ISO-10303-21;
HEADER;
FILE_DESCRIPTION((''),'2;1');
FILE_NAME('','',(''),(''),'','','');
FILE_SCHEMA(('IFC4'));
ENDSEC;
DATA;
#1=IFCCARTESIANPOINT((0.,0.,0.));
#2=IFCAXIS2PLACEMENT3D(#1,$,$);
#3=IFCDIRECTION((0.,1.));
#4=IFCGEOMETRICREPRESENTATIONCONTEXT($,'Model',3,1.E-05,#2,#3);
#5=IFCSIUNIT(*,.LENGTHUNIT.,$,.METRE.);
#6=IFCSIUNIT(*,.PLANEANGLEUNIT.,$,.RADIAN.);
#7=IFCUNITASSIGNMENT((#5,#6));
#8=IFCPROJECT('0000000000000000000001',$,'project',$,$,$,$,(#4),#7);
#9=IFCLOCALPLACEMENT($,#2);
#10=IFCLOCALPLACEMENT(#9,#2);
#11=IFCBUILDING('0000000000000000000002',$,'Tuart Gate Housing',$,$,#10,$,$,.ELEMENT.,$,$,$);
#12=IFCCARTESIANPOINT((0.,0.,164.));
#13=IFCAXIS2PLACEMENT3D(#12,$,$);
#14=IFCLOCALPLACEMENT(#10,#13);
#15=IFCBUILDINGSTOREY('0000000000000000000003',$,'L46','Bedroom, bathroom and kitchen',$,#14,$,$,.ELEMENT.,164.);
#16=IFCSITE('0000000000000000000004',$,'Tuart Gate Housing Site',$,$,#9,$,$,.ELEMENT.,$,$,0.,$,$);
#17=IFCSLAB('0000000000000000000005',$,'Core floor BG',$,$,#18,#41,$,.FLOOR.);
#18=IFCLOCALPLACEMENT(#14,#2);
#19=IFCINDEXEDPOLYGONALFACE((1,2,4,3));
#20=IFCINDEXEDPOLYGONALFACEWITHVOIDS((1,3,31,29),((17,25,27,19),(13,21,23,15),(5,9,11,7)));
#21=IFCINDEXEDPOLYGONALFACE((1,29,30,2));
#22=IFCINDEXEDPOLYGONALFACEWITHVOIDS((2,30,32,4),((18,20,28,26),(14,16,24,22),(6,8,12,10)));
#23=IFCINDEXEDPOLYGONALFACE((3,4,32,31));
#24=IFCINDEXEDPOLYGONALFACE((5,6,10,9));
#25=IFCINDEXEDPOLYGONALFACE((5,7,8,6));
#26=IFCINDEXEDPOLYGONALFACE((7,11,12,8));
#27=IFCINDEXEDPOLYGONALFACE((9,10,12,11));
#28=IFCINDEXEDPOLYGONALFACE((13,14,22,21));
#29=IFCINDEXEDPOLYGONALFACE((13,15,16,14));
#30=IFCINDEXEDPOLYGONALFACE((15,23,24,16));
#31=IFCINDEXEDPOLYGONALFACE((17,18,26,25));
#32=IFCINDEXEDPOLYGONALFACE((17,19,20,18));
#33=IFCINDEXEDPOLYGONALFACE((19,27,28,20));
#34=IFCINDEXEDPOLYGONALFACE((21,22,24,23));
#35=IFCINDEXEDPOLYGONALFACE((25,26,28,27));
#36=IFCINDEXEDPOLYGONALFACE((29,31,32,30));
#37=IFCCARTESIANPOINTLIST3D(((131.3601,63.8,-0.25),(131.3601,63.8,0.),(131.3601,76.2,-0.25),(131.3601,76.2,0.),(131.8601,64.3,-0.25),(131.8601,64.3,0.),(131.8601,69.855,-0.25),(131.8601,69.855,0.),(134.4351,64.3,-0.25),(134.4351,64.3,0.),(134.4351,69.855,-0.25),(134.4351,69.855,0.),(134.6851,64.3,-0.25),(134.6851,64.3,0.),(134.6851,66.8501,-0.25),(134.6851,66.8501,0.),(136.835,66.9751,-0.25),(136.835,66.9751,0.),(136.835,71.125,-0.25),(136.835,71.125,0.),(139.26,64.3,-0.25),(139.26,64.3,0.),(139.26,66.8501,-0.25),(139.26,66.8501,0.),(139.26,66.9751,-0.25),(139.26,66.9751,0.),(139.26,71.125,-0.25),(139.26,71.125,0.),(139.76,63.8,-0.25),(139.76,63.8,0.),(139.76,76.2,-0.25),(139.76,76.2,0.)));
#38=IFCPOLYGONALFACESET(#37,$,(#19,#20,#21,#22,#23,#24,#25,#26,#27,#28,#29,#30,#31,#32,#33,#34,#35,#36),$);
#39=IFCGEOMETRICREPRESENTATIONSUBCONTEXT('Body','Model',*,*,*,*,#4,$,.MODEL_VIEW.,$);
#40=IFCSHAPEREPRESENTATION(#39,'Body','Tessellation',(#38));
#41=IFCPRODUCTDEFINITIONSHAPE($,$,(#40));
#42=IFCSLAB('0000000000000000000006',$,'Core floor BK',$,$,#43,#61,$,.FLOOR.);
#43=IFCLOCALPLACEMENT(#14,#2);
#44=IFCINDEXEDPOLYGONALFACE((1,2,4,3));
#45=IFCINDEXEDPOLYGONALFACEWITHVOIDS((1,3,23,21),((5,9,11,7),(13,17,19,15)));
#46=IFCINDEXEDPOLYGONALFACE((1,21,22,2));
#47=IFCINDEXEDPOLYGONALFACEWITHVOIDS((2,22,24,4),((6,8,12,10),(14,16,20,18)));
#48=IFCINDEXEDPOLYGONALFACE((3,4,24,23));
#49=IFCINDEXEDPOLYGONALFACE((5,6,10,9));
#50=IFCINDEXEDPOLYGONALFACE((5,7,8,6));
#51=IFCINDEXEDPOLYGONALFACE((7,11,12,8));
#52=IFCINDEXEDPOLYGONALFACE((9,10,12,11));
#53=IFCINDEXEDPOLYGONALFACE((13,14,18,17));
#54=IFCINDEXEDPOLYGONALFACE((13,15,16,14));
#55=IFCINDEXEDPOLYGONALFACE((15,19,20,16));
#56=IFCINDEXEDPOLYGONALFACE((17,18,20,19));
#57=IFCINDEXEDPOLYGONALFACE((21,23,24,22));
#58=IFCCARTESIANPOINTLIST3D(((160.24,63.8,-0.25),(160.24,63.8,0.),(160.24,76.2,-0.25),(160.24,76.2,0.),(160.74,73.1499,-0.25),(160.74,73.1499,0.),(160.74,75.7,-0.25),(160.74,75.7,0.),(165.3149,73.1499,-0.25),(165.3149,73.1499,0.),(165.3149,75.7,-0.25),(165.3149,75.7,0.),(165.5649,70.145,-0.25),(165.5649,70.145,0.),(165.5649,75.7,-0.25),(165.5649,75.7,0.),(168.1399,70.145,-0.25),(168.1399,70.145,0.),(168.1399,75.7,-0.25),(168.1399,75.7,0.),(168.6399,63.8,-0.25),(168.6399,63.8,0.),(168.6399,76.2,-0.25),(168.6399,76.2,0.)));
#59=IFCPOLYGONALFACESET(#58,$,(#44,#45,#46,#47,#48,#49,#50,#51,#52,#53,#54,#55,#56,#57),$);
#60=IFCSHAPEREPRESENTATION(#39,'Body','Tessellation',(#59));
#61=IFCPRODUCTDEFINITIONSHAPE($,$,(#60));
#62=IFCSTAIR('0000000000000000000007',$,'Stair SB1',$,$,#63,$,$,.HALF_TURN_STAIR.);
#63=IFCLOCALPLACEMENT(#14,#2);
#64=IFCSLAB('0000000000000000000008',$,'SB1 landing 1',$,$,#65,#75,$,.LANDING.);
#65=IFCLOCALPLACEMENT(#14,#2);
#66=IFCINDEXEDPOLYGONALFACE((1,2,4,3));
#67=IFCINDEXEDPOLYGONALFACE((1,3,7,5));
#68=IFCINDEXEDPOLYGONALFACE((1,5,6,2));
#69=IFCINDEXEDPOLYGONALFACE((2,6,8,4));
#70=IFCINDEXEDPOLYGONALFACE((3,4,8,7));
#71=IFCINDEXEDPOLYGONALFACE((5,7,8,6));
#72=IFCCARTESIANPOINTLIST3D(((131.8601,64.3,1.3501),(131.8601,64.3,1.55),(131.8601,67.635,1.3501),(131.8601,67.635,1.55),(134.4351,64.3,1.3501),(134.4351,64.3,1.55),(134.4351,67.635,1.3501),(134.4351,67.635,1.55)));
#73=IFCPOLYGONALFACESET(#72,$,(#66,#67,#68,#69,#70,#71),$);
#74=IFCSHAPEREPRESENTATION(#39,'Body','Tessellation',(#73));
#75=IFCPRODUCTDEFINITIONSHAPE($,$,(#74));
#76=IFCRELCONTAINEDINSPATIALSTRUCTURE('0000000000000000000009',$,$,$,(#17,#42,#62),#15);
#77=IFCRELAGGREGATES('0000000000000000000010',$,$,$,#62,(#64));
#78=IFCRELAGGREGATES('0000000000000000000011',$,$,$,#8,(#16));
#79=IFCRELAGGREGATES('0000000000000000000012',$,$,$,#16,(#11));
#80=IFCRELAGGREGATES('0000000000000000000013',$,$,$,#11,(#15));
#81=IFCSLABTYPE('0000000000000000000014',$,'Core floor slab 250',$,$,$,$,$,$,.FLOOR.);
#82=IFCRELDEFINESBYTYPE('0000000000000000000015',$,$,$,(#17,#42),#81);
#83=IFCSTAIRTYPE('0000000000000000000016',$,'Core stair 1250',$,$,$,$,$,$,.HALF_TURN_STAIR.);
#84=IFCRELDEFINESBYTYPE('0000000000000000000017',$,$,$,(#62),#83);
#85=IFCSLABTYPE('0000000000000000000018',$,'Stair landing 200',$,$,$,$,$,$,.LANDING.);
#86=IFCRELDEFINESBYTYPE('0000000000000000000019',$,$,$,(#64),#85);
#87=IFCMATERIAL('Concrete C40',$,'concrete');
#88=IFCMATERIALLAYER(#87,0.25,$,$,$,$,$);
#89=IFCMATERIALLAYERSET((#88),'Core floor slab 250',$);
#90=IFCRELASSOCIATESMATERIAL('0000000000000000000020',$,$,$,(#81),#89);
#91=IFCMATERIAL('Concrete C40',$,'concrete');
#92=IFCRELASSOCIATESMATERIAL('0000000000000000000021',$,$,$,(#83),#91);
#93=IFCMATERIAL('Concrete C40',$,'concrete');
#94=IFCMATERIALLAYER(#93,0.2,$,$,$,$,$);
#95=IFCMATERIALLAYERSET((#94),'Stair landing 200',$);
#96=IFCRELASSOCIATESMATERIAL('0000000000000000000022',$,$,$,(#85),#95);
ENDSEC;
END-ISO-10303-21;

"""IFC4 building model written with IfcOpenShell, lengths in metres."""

from ifc_helpers import new_model, si_unit, direction, frame, origin, place, context, subcontext, project, spatial, polyline, outline, extrude, material, layer, layer_set, type_object, element, aggregate, save


model = new_model("IFC4")

# Units and contexts
model_context = context("Model", 3, precision=1e-05, world=origin(), true_north=direction((0.0, 1.0)))
body_context = subcontext(model_context, "Body", "Model", "MODEL_VIEW")
ifc_project = project(units=[si_unit("LENGTHUNIT", "METRE"), si_unit("PLANEANGLEUNIT", "RADIAN")], contexts=[model_context])

# Site, building, storey
site_placement = place(None, origin())
site = spatial("IfcSite", under=ifc_project, at=site_placement, Name="Tuart Gate Housing Site", CompositionType="ELEMENT", RefElevation=0.0)
building_placement = place(site_placement, origin())
building = spatial("IfcBuilding", under=site, at=building_placement, Name="Tuart Gate Housing", CompositionType="ELEMENT")
storey_placement = place(building_placement, frame((0.0, 0.0, 164.0)))
storey = spatial("IfcBuildingStorey", under=building, at=storey_placement, Name="L46", Description="Bedroom, bathroom and kitchen", CompositionType="ELEMENT", Elevation=164.0)

# Slabs
ifc_material_1 = material(Name="Concrete C40", Category="concrete")
ifc_layer_1 = layer(ifc_material_1, 0.25)
ifc_layer_set_1 = layer_set([ifc_layer_1], Name="Core floor slab 250")
slab_type_1 = type_object("IfcSlabType", Name="Core floor slab 250", PredefinedType="FLOOR", material=ifc_layer_set_1)
slab_1_placement = place(storey_placement, frame((0.0, 0.0, -0.25)))
element("IfcSlab", 1, at=slab_1_placement, inside=storey, type_object=slab_type_1, Name="Core floor BG", PredefinedType="FLOOR", context=body_context, shape_type="SweptSolid", body=[
    extrude(outline(polyline([(131.3601, 63.8), (139.76, 63.8), (139.76, 76.2), (131.3601, 76.2), (131.3601, 63.8)]), holes=[polyline([(139.26, 66.8501), (134.6851, 66.8501), (134.6851, 64.3), (139.26, 64.3), (139.26, 66.8501)]), polyline([(139.26, 71.125), (136.835, 71.125), (136.835, 66.9751), (139.26, 66.9751), (139.26, 71.125)]), polyline([(134.4351, 69.855), (131.8601, 69.855), (131.8601, 64.3), (134.4351, 64.3), (134.4351, 69.855)])]), origin(), (0.0, 0.0, 1.0), 0.25),
])
slab_2_placement = place(storey_placement, frame((0.0, 0.0, -0.25)))
element("IfcSlab", 2, at=slab_2_placement, inside=storey, type_object=slab_type_1, Name="Core floor BK", PredefinedType="FLOOR", context=body_context, shape_type="SweptSolid", body=[
    extrude(outline(polyline([(160.24, 63.8), (168.6399, 63.8), (168.6399, 76.2), (160.24, 76.2), (160.24, 63.8)]), holes=[polyline([(160.74, 73.1499), (165.3149, 73.1499), (165.3149, 75.7), (160.74, 75.7), (160.74, 73.1499)]), polyline([(165.5649, 70.145), (168.1399, 70.145), (168.1399, 75.7), (165.5649, 75.7), (165.5649, 70.145)])]), origin(), (0.0, 0.0, 1.0), 0.25),
])

# Stair, slab
ifc_material_2 = material(Name="Concrete C40", Category="concrete")
stair_type = type_object("IfcStairType", Name="Core stair 1250", PredefinedType="HALF_TURN_STAIR", material=ifc_material_2)
stair_placement = place(storey_placement, origin())
stair = element("IfcStair", 3, at=stair_placement, inside=storey, type_object=stair_type, Name="Stair SB1", PredefinedType="HALF_TURN_STAIR")
ifc_material_3 = material(Name="Concrete C40", Category="concrete")
ifc_layer_2 = layer(ifc_material_3, 0.2)
ifc_layer_set_2 = layer_set([ifc_layer_2], Name="Stair landing 200")
slab_type_2 = type_object("IfcSlabType", Name="Stair landing 200", PredefinedType="LANDING", material=ifc_layer_set_2)
slab_3_placement = place(storey_placement, frame((0.0, 0.0, 1.3501)))
slab_3 = element("IfcSlab", 4, at=slab_3_placement, type_object=slab_type_2, Name="SB1 landing 1", PredefinedType="LANDING", context=body_context, shape_type="SweptSolid", body=[
    extrude(outline(polyline([(134.4351, 67.635), (131.8601, 67.635), (131.8601, 64.3), (134.4351, 64.3), (134.4351, 67.635)])), origin(), (0.0, 0.0, 1.0), 0.2),
])
aggregate(stair, [slab_3])

save(model, "model.ifc")
